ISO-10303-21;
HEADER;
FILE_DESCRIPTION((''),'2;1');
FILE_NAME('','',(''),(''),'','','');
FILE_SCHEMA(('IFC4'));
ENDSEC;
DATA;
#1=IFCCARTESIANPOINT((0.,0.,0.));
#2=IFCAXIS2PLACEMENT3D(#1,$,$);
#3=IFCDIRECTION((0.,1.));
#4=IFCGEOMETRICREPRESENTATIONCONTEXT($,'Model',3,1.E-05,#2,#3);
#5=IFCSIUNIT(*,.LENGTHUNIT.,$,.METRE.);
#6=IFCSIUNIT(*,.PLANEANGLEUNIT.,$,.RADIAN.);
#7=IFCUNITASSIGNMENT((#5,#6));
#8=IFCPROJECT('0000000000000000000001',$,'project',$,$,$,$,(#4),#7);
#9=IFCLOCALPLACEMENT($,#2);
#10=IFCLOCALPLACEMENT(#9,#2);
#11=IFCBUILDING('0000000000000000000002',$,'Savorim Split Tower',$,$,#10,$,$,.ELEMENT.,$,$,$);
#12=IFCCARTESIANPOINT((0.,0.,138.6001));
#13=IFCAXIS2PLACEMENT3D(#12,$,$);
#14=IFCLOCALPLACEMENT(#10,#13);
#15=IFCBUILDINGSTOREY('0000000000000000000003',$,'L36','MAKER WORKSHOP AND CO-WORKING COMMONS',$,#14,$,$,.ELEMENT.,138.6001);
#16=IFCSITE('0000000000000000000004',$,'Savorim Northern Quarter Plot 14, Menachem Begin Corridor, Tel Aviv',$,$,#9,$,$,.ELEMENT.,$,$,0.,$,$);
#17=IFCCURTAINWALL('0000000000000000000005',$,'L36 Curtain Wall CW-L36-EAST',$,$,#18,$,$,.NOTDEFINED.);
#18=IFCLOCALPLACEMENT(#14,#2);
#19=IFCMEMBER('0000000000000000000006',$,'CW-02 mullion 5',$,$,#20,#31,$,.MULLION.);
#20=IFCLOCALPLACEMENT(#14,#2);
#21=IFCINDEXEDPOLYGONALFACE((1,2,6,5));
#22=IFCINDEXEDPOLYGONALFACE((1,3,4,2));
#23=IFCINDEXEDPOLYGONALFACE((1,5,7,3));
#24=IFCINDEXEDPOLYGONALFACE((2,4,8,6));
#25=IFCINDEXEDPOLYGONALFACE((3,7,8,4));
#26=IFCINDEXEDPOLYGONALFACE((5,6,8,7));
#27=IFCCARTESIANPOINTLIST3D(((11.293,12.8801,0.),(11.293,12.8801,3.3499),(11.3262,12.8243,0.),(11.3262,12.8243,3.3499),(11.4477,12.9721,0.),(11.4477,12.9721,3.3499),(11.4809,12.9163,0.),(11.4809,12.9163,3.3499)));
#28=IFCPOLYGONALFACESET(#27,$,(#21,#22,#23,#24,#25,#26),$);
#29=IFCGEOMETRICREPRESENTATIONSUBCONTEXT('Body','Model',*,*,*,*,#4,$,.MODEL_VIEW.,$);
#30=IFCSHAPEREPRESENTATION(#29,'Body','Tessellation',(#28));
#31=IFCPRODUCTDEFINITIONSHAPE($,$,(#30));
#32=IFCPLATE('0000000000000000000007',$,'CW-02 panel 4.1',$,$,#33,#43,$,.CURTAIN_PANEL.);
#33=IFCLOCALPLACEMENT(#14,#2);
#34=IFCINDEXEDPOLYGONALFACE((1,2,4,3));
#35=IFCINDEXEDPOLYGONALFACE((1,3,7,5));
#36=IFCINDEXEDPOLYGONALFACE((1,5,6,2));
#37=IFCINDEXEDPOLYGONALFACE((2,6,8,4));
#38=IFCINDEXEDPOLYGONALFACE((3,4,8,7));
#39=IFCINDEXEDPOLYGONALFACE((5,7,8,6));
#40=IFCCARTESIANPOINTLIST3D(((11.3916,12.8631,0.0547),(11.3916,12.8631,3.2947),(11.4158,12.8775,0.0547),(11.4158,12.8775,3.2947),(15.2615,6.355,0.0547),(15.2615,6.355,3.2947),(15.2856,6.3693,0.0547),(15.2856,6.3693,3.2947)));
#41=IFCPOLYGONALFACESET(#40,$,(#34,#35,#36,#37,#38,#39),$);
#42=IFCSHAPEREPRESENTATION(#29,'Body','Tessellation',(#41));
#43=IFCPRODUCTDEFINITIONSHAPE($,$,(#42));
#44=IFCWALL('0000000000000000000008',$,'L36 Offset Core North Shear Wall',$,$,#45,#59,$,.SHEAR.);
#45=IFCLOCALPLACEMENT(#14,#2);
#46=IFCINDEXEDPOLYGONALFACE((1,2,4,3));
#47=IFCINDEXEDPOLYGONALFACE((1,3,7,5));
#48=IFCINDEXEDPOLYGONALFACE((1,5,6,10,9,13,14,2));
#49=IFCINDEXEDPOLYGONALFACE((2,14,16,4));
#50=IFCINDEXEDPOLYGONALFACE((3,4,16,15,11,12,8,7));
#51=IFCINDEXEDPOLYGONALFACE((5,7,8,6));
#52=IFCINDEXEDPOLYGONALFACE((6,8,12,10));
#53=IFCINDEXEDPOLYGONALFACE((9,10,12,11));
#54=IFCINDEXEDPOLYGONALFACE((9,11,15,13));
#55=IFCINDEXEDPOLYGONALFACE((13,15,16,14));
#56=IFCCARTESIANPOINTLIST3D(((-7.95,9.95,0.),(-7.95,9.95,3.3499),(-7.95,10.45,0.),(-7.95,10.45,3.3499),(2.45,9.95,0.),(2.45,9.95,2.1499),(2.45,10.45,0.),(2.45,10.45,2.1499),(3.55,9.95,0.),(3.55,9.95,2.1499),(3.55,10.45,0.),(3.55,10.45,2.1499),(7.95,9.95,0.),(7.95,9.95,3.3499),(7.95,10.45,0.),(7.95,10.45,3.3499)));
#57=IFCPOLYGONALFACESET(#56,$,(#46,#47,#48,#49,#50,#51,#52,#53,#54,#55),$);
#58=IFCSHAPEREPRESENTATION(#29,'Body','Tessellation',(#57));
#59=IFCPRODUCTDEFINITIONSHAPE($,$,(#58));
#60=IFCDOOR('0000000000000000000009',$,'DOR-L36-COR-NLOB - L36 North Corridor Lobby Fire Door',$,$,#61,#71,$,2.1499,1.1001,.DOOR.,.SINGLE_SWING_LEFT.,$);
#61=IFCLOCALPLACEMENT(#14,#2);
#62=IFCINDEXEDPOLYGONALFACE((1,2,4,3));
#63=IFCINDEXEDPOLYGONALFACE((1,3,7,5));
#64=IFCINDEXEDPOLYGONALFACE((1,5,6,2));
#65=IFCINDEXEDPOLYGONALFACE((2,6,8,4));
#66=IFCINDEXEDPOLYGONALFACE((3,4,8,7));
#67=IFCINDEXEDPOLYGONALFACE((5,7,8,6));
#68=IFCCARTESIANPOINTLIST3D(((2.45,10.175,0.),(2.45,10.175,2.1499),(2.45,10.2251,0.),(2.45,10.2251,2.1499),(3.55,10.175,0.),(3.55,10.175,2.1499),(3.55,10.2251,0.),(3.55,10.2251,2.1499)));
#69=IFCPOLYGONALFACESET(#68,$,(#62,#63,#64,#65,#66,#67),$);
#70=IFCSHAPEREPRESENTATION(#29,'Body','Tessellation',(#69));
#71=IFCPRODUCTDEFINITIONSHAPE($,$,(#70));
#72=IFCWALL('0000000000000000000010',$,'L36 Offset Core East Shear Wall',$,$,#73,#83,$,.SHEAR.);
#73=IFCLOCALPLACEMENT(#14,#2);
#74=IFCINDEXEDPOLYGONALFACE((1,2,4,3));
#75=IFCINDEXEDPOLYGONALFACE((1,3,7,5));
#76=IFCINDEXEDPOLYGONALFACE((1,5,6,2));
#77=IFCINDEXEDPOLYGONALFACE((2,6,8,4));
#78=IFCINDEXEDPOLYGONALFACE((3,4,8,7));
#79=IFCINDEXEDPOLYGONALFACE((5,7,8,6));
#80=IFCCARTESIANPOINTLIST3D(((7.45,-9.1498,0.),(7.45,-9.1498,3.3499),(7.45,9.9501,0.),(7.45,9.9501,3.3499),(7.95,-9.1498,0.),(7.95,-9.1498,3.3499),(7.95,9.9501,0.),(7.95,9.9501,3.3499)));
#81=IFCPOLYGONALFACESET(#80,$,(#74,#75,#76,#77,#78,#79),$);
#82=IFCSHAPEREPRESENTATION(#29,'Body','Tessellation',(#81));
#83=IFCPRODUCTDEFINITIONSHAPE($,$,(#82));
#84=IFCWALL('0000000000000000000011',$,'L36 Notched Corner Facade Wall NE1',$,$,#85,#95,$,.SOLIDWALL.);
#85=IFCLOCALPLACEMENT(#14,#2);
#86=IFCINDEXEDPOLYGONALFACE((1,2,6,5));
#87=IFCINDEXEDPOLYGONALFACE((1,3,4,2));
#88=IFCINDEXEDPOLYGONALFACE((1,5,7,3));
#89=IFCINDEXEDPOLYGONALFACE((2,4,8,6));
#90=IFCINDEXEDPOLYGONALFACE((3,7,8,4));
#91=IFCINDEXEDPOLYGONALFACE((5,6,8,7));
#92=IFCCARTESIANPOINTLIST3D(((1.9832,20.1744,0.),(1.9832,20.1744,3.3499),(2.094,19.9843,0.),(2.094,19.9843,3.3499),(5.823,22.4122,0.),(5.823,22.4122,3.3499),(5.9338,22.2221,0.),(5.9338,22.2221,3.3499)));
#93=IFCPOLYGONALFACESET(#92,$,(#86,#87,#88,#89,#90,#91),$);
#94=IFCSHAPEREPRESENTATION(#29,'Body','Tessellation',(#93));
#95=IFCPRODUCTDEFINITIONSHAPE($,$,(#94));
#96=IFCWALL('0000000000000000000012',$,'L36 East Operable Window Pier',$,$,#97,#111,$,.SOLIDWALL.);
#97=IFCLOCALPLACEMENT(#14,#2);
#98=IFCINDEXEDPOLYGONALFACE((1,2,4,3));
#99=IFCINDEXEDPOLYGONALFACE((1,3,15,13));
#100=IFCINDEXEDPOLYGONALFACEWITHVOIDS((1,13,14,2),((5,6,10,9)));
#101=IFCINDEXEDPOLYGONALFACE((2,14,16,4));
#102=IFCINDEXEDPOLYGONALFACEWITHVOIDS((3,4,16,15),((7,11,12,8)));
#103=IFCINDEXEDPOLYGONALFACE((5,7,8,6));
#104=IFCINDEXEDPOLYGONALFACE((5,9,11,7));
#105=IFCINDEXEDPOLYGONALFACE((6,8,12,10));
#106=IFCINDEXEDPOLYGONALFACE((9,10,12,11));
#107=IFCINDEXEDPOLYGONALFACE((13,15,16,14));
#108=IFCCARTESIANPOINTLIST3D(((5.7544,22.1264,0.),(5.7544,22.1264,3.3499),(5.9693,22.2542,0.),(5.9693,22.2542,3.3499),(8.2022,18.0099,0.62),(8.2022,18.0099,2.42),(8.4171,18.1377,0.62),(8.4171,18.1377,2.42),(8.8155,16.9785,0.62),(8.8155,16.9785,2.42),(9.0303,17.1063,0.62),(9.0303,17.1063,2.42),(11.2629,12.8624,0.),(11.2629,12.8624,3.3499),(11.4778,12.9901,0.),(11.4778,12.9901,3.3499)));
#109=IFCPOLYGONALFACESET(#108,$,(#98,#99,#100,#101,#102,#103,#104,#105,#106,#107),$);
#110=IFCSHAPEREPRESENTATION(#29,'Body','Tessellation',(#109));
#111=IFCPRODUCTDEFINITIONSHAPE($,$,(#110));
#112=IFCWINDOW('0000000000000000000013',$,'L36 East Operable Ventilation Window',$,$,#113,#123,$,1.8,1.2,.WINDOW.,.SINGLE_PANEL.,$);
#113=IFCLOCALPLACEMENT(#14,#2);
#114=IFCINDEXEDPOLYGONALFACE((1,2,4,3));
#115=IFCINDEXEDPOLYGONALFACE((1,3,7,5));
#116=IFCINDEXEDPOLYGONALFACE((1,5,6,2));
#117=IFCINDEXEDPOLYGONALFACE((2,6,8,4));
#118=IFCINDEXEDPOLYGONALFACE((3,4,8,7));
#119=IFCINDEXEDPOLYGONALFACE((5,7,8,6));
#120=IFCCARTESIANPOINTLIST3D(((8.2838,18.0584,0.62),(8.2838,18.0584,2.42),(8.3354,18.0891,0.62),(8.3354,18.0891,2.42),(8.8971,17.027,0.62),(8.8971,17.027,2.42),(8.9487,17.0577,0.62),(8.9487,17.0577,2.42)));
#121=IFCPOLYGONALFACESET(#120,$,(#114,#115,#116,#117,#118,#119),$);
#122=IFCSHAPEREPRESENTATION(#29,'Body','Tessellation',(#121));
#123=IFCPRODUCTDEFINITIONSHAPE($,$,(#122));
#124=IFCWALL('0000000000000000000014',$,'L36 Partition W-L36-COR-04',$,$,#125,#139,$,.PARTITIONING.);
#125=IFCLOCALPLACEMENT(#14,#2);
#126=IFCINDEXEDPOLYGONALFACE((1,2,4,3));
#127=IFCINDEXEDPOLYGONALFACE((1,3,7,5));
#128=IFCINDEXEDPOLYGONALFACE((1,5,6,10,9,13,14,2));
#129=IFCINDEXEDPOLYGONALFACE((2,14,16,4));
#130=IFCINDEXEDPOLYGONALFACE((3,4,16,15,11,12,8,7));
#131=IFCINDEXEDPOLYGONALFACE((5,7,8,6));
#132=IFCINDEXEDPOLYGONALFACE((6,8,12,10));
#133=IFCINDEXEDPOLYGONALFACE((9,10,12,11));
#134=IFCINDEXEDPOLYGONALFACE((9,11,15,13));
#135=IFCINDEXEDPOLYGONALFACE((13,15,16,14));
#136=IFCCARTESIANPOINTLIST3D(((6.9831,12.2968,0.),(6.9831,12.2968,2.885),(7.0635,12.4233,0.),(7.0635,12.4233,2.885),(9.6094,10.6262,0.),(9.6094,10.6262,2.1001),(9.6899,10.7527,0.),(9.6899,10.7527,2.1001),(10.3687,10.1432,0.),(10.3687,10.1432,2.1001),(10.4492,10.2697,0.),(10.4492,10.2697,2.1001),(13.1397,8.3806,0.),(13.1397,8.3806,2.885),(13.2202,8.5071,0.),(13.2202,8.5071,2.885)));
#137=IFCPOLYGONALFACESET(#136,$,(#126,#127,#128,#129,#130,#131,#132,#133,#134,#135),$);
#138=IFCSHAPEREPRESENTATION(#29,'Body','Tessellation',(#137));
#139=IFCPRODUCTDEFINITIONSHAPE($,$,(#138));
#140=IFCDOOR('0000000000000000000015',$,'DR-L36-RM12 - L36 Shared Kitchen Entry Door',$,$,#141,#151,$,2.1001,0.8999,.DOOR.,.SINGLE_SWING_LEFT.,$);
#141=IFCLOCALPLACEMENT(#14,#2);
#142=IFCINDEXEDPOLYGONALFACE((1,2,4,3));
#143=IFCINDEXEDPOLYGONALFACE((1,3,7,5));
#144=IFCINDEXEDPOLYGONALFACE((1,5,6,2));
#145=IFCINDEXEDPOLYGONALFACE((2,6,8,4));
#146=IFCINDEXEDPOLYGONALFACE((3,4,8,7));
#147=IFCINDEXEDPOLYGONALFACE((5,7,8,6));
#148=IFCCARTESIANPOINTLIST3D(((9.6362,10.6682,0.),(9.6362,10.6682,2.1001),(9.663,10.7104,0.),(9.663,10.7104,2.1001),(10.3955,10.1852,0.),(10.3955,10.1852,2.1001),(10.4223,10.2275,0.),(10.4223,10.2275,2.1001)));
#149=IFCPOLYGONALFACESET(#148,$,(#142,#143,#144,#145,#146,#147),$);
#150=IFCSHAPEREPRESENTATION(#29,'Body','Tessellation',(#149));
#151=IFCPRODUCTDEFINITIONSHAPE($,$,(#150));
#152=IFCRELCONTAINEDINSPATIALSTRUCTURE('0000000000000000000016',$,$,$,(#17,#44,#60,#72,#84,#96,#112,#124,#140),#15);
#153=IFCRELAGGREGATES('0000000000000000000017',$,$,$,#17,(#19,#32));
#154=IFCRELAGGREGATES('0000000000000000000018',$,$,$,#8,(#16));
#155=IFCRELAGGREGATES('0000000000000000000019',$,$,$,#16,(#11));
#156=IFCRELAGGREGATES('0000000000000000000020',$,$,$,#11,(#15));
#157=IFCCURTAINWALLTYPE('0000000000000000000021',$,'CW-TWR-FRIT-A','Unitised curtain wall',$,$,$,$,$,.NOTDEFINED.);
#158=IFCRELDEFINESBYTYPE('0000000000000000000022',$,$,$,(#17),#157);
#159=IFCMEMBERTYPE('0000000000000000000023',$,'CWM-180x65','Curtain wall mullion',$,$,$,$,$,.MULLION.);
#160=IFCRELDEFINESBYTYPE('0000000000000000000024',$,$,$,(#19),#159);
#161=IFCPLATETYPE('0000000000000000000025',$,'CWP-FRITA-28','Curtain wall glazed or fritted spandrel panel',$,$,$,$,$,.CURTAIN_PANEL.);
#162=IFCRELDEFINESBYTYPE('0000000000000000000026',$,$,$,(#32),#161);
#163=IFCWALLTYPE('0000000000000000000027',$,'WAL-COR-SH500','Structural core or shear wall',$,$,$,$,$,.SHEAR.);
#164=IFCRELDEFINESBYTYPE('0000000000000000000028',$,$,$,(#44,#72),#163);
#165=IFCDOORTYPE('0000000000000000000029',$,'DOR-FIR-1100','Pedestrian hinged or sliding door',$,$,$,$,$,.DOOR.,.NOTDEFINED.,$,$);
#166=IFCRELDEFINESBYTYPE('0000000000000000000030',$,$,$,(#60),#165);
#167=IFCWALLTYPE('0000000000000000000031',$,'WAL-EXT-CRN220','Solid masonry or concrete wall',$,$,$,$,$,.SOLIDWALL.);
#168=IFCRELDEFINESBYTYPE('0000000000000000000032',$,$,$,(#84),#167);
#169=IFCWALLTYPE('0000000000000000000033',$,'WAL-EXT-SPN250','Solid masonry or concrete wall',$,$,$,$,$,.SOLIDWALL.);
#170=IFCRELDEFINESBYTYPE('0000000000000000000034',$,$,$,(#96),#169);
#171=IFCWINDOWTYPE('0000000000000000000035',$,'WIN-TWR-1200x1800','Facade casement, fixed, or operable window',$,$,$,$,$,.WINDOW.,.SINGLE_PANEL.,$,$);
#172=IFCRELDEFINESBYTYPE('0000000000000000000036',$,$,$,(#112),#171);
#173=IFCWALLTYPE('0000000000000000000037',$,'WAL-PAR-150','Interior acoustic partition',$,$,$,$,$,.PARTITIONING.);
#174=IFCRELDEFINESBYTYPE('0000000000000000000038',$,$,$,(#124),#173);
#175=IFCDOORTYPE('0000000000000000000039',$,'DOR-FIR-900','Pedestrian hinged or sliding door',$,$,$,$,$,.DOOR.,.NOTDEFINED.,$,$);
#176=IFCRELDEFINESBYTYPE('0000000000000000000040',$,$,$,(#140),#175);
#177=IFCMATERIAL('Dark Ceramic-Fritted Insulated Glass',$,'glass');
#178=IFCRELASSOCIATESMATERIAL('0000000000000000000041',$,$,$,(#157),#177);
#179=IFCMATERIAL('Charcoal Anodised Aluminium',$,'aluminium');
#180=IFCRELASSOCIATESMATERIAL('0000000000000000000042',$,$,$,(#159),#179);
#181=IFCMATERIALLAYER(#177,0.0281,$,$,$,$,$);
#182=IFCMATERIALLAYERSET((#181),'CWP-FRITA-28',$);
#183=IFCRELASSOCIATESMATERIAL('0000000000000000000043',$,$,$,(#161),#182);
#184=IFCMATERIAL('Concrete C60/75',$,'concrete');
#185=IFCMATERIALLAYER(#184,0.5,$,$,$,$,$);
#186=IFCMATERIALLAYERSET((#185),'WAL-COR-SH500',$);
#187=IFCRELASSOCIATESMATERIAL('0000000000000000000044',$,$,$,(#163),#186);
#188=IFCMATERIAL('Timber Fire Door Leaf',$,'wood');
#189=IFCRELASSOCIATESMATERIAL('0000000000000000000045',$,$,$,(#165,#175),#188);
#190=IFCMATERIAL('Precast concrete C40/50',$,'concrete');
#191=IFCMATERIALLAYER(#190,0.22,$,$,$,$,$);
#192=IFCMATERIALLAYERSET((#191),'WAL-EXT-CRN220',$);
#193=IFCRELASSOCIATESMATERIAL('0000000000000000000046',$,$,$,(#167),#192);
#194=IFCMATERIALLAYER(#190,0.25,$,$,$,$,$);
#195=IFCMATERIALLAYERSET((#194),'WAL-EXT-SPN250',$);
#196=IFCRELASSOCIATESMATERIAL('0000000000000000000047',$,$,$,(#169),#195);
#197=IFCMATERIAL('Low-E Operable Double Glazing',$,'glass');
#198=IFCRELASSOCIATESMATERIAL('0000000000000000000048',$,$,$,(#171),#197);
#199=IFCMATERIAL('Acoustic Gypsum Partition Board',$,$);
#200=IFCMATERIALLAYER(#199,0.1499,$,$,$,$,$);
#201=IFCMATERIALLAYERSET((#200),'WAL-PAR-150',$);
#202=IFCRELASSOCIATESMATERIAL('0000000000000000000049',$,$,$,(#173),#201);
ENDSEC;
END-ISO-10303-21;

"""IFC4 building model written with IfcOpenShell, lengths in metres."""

from ifc_helpers import new_model, si_unit, direction, frame, frame_2d, origin, origin_2d, place, context, subcontext, project, spatial, rectangle, extrude, material, layer, layer_set, material_profile, profile_set, type_object, element, fill, aggregate, save


model = new_model("IFC4")

# Units and contexts
model_context = context("Model", 3, precision=1e-05, world=origin(), true_north=direction((0.0, 1.0)))
body_context = subcontext(model_context, "Body", "Model", "MODEL_VIEW")
ifc_project = project(units=[si_unit("LENGTHUNIT", "METRE"), si_unit("PLANEANGLEUNIT", "RADIAN")], contexts=[model_context])

# Site, building, storey
site_placement = place(None, origin())
site = spatial("IfcSite", under=ifc_project, at=site_placement, Name="Savorim Northern Quarter Plot 14, Menachem Begin Corridor, Tel Aviv", CompositionType="ELEMENT", RefElevation=0.0)
building_placement = place(site_placement, origin())
building = spatial("IfcBuilding", under=site, at=building_placement, Name="Savorim Split Tower", CompositionType="ELEMENT")
storey_placement = place(building_placement, frame((0.0, 0.0, 138.6001)))
storey = spatial("IfcBuildingStorey", under=building, at=storey_placement, Name="L36", Description="MAKER WORKSHOP AND CO-WORKING COMMONS", CompositionType="ELEMENT", Elevation=138.6001)

# Curtain wall, member, plate
ifc_material_1 = material(Name="Dark Ceramic-Fritted Insulated Glass", Category="glass")
curtain_wall_type = type_object("IfcCurtainWallType", Name="CW-TWR-FRIT-A", Description="Unitised curtain wall", PredefinedType="NOTDEFINED", material=ifc_material_1)
curtain_wall_placement = place(storey_placement, origin())
curtain_wall = element("IfcCurtainWall", 1, at=curtain_wall_placement, inside=storey, type_object=curtain_wall_type, Name="L36 Curtain Wall CW-L36-EAST", PredefinedType="NOTDEFINED")
ifc_material_2 = material(Name="Charcoal Anodised Aluminium", Category="aluminium")
ifc_material_profile_1 = material_profile(ifc_material_2, rectangle(XDim=0.1799, YDim=0.0649, at=origin_2d()), Name="ALU-M 180x65")
ifc_profile_set_1 = profile_set([ifc_material_profile_1], Name="Charcoal Anodised Aluminium")
member_type = type_object("IfcMemberType", Name="CWM-180x65", Description="Curtain wall mullion", PredefinedType="MULLION", material=ifc_profile_set_1)
member_placement = place(storey_placement, frame((11.387, 12.8982, 0.0), z_axis=(0.0, 0.0, 1.0), x_axis=(-0.859526, -0.511091, 0.0)))
member = element("IfcMember", 2, at=member_placement, type_object=member_type, Name="CW-02 mullion 5", PredefinedType="MULLION", context=body_context, shape_type="SweptSolid", body=[
    extrude(rectangle(XDim=0.1799, YDim=0.0649, at=origin_2d()), origin(), (0.0, 0.0, 1.0), 3.3499),
])
ifc_layer_1 = layer(ifc_material_1, 0.0281)
ifc_layer_set_1 = layer_set([ifc_layer_1], Name="CWP-FRITA-28")
plate_type = type_object("IfcPlateType", Name="CWP-FRITA-28", Description="Curtain wall glazed or fritted spandrel panel", PredefinedType="CURTAIN_PANEL", material=ifc_layer_set_1)
plate_placement = place(storey_placement, frame((13.3386, 9.6162, 0.0547), z_axis=(0.0, 0.0, 1.0), x_axis=(-0.511091, 0.859526, 0.0)))
plate = element("IfcPlate", 3, at=plate_placement, type_object=plate_type, Name="CW-02 panel 4.1", PredefinedType="CURTAIN_PANEL", context=body_context, shape_type="SweptSolid", body=[
    extrude(rectangle(XDim=7.5718, YDim=0.0281, at=origin_2d()), origin(), (0.0, 0.0, 1.0), 3.24),
])
aggregate(curtain_wall, [member, plate])

# Wall, opening, door
ifc_material_3 = material(Name="Concrete C60/75", Category="concrete")
ifc_layer_2 = layer(ifc_material_3, 0.5)
ifc_layer_set_2 = layer_set([ifc_layer_2], Name="WAL-COR-SH500")
wall_type_1 = type_object("IfcWallType", Name="WAL-COR-SH500", Description="Structural core or shear wall", PredefinedType="SHEAR", material=ifc_layer_set_2)
wall_1_placement = place(storey_placement, frame((7.95, 10.2, 0.0), z_axis=(0.0, 0.0, 1.0), x_axis=(-1.0, 0.0, 0.0)))
wall_1 = element("IfcWall", 4, at=wall_1_placement, inside=storey, type_object=wall_type_1, Name="L36 Offset Core North Shear Wall", PredefinedType="SHEAR", context=body_context, shape_type="SweptSolid", body=[
    extrude(rectangle(XDim=15.8999, YDim=0.5, at=frame_2d((7.95, 0.0))), origin(), (0.0, 0.0, 1.0), 3.3499),
])
opening_1_placement = place(wall_1_placement, frame((4.3999, 0.0, 0.0)))
opening_1 = element("IfcOpeningElement", 5, at=opening_1_placement, cuts=wall_1, PredefinedType="OPENING", context=body_context, shape_type="SweptSolid", body=[
    extrude(rectangle(XDim=1.1001, YDim=2.1499, at=frame_2d((0.55, 1.075))), frame((0.0, 0.26, 0.0), z_axis=(0.0, -1.0, 0.0), x_axis=(1.0, 0.0, 0.0)), (0.0, 0.0, 1.0), 0.52),
])
ifc_material_4 = material(Name="Timber Fire Door Leaf", Category="wood")
door_type_1 = type_object("IfcDoorType", Name="DOR-FIR-1100", Description="Pedestrian hinged or sliding door", OperationType="NOTDEFINED", PredefinedType="DOOR", material=ifc_material_4)
door_1_placement = place(opening_1_placement, origin())
door_1 = element("IfcDoor", 6, at=door_1_placement, inside=storey, type_object=door_type_1, Name="DOR-L36-COR-NLOB - L36 North Corridor Lobby Fire Door", OperationType="SINGLE_SWING_LEFT", OverallHeight=2.1499, OverallWidth=1.1001, PredefinedType="DOOR", context=body_context, shape_type="SweptSolid", body=[
    extrude(rectangle(XDim=1.1001, YDim=2.1499, at=frame_2d((0.55, 1.075))), frame((0.0, 0.0249, 0.0), z_axis=(0.0, -1.0, 0.0), x_axis=(1.0, 0.0, 0.0)), (0.0, 0.0, 1.0), 0.05),
])
fill(opening_1, door_1)

# Walls
wall_2_placement = place(storey_placement, frame((7.7, 9.95, 0.0), z_axis=(0.0, 0.0, 1.0), x_axis=(0.0, -1.0, 0.0)))
element("IfcWall", 7, at=wall_2_placement, inside=storey, type_object=wall_type_1, Name="L36 Offset Core East Shear Wall", PredefinedType="SHEAR", context=body_context, shape_type="SweptSolid", body=[
    extrude(rectangle(XDim=19.0999, YDim=0.5, at=frame_2d((9.5498, 0.0))), origin(), (0.0, 0.0, 1.0), 3.3499),
])
ifc_material_5 = material(Name="Precast concrete C40/50", Category="concrete")
ifc_layer_3 = layer(ifc_material_5, 0.22)
ifc_layer_set_3 = layer_set([ifc_layer_3], Name="WAL-EXT-CRN220")
wall_type_2 = type_object("IfcWallType", Name="WAL-EXT-CRN220", Description="Solid masonry or concrete wall", PredefinedType="SOLIDWALL", material=ifc_layer_set_3)
wall_3_placement = place(storey_placement, frame((2.0386, 20.0793, 0.0), z_axis=(0.0, 0.0, 1.0), x_axis=(0.863986, 0.503516, 0.0)))
element("IfcWall", 8, at=wall_3_placement, inside=storey, type_object=wall_type_2, Name="L36 Notched Corner Facade Wall NE1", PredefinedType="SOLIDWALL", context=body_context, shape_type="SweptSolid", body=[
    extrude(rectangle(XDim=4.4443, YDim=0.22, at=frame_2d((2.2222, 0.0))), origin(), (0.0, 0.0, 1.0), 3.3499),
])

# Wall, opening, window
ifc_layer_4 = layer(ifc_material_5, 0.25)
ifc_layer_set_4 = layer_set([ifc_layer_4], Name="WAL-EXT-SPN250")
wall_type_3 = type_object("IfcWallType", Name="WAL-EXT-SPN250", Description="Solid masonry or concrete wall", PredefinedType="SOLIDWALL", material=ifc_layer_set_4)
wall_4_placement = place(storey_placement, frame((5.8618, 22.1904, 0.0), z_axis=(0.0, 0.0, 1.0), x_axis=(0.511084, -0.859531, 0.0)))
wall_4 = element("IfcWall", 9, at=wall_4_placement, inside=storey, type_object=wall_type_3, Name="L36 East Operable Window Pier", PredefinedType="SOLIDWALL", context=body_context, shape_type="SweptSolid", body=[
    extrude(rectangle(XDim=10.7781, YDim=0.25, at=frame_2d((5.3892, 0.0))), origin(), (0.0, 0.0, 1.0), 3.3499),
])
opening_2_placement = place(wall_4_placement, frame((4.7893, 0.0, 0.6201)))
opening_2 = element("IfcOpeningElement", 10, at=opening_2_placement, cuts=wall_4, PredefinedType="OPENING", context=body_context, shape_type="SweptSolid", body=[
    extrude(rectangle(XDim=1.2, YDim=1.8, at=frame_2d((0.6001, 0.8999))), frame((0.0, 0.135, 0.0), z_axis=(0.0, -1.0, 0.0), x_axis=(1.0, 0.0, 0.0)), (0.0, 0.0, 1.0), 0.27),
])
ifc_material_6 = material(Name="Low-E Operable Double Glazing", Category="glass")
window_type = type_object("IfcWindowType", Name="WIN-TWR-1200x1800", Description="Facade casement, fixed, or operable window", PartitioningType="SINGLE_PANEL", PredefinedType="WINDOW", material=ifc_material_6)
window_placement = place(opening_2_placement, origin())
window = element("IfcWindow", 11, at=window_placement, inside=storey, type_object=window_type, Name="L36 East Operable Ventilation Window", OverallHeight=1.8, OverallWidth=1.2, PartitioningType="SINGLE_PANEL", PredefinedType="WINDOW", context=body_context, shape_type="SweptSolid", body=[
    extrude(rectangle(XDim=1.2, YDim=1.8, at=frame_2d((0.6001, 0.8999))), frame((0.0, 0.03, 0.0), z_axis=(0.0, -1.0, 0.0), x_axis=(1.0, 0.0, 0.0)), (0.0, 0.0, 1.0), 0.0601),
])
fill(opening_2, window)

# Wall, opening, door
ifc_material_7 = material(Name="Acoustic Gypsum Partition Board")
ifc_layer_5 = layer(ifc_material_7, 0.1499)
ifc_layer_set_5 = layer_set([ifc_layer_5], Name="WAL-PAR-150")
wall_type_4 = type_object("IfcWallType", Name="WAL-PAR-150", Description="Interior acoustic partition", PredefinedType="PARTITIONING", material=ifc_layer_set_5)
wall_5_placement = place(storey_placement, frame((7.0232, 12.3601, 0.0), z_axis=(0.0, 0.0, 1.0), x_axis=(0.843765, -0.536713, 0.0)))
wall_5 = element("IfcWall", 12, at=wall_5_placement, inside=storey, type_object=wall_type_4, Name="L36 Partition W-L36-COR-04", PredefinedType="PARTITIONING", context=body_context, shape_type="SweptSolid", body=[
    extrude(rectangle(XDim=7.2966, YDim=0.1499, at=frame_2d((3.6484, 0.0))), origin(), (0.0, 0.0, 1.0), 2.885),
])
opening_3_placement = place(wall_5_placement, frame((3.1128, 0.0, 0.0)))
opening_3 = element("IfcOpeningElement", 13, at=opening_3_placement, cuts=wall_5, PredefinedType="OPENING", context=body_context, shape_type="SweptSolid", body=[
    extrude(rectangle(XDim=0.8999, YDim=2.1001, at=frame_2d((0.45, 1.05))), frame((0.0, 0.085, 0.0), z_axis=(0.0, -1.0, 0.0), x_axis=(1.0, 0.0, 0.0)), (0.0, 0.0, 1.0), 0.1699),
])
door_type_2 = type_object("IfcDoorType", Name="DOR-FIR-900", Description="Pedestrian hinged or sliding door", OperationType="NOTDEFINED", PredefinedType="DOOR", material=ifc_material_4)
door_2_placement = place(opening_3_placement, origin())
door_2 = element("IfcDoor", 14, at=door_2_placement, inside=storey, type_object=door_type_2, Name="DR-L36-RM12 - L36 Shared Kitchen Entry Door", OperationType="SINGLE_SWING_LEFT", OverallHeight=2.1001, OverallWidth=0.8999, PredefinedType="DOOR", context=body_context, shape_type="SweptSolid", body=[
    extrude(rectangle(XDim=0.8999, YDim=2.1001, at=frame_2d((0.45, 1.05))), frame((0.0, 0.0249, 0.0), z_axis=(0.0, -1.0, 0.0), x_axis=(1.0, 0.0, 0.0)), (0.0, 0.0, 1.0), 0.05),
])
fill(opening_3, door_2)

save(model, "model.ifc")
